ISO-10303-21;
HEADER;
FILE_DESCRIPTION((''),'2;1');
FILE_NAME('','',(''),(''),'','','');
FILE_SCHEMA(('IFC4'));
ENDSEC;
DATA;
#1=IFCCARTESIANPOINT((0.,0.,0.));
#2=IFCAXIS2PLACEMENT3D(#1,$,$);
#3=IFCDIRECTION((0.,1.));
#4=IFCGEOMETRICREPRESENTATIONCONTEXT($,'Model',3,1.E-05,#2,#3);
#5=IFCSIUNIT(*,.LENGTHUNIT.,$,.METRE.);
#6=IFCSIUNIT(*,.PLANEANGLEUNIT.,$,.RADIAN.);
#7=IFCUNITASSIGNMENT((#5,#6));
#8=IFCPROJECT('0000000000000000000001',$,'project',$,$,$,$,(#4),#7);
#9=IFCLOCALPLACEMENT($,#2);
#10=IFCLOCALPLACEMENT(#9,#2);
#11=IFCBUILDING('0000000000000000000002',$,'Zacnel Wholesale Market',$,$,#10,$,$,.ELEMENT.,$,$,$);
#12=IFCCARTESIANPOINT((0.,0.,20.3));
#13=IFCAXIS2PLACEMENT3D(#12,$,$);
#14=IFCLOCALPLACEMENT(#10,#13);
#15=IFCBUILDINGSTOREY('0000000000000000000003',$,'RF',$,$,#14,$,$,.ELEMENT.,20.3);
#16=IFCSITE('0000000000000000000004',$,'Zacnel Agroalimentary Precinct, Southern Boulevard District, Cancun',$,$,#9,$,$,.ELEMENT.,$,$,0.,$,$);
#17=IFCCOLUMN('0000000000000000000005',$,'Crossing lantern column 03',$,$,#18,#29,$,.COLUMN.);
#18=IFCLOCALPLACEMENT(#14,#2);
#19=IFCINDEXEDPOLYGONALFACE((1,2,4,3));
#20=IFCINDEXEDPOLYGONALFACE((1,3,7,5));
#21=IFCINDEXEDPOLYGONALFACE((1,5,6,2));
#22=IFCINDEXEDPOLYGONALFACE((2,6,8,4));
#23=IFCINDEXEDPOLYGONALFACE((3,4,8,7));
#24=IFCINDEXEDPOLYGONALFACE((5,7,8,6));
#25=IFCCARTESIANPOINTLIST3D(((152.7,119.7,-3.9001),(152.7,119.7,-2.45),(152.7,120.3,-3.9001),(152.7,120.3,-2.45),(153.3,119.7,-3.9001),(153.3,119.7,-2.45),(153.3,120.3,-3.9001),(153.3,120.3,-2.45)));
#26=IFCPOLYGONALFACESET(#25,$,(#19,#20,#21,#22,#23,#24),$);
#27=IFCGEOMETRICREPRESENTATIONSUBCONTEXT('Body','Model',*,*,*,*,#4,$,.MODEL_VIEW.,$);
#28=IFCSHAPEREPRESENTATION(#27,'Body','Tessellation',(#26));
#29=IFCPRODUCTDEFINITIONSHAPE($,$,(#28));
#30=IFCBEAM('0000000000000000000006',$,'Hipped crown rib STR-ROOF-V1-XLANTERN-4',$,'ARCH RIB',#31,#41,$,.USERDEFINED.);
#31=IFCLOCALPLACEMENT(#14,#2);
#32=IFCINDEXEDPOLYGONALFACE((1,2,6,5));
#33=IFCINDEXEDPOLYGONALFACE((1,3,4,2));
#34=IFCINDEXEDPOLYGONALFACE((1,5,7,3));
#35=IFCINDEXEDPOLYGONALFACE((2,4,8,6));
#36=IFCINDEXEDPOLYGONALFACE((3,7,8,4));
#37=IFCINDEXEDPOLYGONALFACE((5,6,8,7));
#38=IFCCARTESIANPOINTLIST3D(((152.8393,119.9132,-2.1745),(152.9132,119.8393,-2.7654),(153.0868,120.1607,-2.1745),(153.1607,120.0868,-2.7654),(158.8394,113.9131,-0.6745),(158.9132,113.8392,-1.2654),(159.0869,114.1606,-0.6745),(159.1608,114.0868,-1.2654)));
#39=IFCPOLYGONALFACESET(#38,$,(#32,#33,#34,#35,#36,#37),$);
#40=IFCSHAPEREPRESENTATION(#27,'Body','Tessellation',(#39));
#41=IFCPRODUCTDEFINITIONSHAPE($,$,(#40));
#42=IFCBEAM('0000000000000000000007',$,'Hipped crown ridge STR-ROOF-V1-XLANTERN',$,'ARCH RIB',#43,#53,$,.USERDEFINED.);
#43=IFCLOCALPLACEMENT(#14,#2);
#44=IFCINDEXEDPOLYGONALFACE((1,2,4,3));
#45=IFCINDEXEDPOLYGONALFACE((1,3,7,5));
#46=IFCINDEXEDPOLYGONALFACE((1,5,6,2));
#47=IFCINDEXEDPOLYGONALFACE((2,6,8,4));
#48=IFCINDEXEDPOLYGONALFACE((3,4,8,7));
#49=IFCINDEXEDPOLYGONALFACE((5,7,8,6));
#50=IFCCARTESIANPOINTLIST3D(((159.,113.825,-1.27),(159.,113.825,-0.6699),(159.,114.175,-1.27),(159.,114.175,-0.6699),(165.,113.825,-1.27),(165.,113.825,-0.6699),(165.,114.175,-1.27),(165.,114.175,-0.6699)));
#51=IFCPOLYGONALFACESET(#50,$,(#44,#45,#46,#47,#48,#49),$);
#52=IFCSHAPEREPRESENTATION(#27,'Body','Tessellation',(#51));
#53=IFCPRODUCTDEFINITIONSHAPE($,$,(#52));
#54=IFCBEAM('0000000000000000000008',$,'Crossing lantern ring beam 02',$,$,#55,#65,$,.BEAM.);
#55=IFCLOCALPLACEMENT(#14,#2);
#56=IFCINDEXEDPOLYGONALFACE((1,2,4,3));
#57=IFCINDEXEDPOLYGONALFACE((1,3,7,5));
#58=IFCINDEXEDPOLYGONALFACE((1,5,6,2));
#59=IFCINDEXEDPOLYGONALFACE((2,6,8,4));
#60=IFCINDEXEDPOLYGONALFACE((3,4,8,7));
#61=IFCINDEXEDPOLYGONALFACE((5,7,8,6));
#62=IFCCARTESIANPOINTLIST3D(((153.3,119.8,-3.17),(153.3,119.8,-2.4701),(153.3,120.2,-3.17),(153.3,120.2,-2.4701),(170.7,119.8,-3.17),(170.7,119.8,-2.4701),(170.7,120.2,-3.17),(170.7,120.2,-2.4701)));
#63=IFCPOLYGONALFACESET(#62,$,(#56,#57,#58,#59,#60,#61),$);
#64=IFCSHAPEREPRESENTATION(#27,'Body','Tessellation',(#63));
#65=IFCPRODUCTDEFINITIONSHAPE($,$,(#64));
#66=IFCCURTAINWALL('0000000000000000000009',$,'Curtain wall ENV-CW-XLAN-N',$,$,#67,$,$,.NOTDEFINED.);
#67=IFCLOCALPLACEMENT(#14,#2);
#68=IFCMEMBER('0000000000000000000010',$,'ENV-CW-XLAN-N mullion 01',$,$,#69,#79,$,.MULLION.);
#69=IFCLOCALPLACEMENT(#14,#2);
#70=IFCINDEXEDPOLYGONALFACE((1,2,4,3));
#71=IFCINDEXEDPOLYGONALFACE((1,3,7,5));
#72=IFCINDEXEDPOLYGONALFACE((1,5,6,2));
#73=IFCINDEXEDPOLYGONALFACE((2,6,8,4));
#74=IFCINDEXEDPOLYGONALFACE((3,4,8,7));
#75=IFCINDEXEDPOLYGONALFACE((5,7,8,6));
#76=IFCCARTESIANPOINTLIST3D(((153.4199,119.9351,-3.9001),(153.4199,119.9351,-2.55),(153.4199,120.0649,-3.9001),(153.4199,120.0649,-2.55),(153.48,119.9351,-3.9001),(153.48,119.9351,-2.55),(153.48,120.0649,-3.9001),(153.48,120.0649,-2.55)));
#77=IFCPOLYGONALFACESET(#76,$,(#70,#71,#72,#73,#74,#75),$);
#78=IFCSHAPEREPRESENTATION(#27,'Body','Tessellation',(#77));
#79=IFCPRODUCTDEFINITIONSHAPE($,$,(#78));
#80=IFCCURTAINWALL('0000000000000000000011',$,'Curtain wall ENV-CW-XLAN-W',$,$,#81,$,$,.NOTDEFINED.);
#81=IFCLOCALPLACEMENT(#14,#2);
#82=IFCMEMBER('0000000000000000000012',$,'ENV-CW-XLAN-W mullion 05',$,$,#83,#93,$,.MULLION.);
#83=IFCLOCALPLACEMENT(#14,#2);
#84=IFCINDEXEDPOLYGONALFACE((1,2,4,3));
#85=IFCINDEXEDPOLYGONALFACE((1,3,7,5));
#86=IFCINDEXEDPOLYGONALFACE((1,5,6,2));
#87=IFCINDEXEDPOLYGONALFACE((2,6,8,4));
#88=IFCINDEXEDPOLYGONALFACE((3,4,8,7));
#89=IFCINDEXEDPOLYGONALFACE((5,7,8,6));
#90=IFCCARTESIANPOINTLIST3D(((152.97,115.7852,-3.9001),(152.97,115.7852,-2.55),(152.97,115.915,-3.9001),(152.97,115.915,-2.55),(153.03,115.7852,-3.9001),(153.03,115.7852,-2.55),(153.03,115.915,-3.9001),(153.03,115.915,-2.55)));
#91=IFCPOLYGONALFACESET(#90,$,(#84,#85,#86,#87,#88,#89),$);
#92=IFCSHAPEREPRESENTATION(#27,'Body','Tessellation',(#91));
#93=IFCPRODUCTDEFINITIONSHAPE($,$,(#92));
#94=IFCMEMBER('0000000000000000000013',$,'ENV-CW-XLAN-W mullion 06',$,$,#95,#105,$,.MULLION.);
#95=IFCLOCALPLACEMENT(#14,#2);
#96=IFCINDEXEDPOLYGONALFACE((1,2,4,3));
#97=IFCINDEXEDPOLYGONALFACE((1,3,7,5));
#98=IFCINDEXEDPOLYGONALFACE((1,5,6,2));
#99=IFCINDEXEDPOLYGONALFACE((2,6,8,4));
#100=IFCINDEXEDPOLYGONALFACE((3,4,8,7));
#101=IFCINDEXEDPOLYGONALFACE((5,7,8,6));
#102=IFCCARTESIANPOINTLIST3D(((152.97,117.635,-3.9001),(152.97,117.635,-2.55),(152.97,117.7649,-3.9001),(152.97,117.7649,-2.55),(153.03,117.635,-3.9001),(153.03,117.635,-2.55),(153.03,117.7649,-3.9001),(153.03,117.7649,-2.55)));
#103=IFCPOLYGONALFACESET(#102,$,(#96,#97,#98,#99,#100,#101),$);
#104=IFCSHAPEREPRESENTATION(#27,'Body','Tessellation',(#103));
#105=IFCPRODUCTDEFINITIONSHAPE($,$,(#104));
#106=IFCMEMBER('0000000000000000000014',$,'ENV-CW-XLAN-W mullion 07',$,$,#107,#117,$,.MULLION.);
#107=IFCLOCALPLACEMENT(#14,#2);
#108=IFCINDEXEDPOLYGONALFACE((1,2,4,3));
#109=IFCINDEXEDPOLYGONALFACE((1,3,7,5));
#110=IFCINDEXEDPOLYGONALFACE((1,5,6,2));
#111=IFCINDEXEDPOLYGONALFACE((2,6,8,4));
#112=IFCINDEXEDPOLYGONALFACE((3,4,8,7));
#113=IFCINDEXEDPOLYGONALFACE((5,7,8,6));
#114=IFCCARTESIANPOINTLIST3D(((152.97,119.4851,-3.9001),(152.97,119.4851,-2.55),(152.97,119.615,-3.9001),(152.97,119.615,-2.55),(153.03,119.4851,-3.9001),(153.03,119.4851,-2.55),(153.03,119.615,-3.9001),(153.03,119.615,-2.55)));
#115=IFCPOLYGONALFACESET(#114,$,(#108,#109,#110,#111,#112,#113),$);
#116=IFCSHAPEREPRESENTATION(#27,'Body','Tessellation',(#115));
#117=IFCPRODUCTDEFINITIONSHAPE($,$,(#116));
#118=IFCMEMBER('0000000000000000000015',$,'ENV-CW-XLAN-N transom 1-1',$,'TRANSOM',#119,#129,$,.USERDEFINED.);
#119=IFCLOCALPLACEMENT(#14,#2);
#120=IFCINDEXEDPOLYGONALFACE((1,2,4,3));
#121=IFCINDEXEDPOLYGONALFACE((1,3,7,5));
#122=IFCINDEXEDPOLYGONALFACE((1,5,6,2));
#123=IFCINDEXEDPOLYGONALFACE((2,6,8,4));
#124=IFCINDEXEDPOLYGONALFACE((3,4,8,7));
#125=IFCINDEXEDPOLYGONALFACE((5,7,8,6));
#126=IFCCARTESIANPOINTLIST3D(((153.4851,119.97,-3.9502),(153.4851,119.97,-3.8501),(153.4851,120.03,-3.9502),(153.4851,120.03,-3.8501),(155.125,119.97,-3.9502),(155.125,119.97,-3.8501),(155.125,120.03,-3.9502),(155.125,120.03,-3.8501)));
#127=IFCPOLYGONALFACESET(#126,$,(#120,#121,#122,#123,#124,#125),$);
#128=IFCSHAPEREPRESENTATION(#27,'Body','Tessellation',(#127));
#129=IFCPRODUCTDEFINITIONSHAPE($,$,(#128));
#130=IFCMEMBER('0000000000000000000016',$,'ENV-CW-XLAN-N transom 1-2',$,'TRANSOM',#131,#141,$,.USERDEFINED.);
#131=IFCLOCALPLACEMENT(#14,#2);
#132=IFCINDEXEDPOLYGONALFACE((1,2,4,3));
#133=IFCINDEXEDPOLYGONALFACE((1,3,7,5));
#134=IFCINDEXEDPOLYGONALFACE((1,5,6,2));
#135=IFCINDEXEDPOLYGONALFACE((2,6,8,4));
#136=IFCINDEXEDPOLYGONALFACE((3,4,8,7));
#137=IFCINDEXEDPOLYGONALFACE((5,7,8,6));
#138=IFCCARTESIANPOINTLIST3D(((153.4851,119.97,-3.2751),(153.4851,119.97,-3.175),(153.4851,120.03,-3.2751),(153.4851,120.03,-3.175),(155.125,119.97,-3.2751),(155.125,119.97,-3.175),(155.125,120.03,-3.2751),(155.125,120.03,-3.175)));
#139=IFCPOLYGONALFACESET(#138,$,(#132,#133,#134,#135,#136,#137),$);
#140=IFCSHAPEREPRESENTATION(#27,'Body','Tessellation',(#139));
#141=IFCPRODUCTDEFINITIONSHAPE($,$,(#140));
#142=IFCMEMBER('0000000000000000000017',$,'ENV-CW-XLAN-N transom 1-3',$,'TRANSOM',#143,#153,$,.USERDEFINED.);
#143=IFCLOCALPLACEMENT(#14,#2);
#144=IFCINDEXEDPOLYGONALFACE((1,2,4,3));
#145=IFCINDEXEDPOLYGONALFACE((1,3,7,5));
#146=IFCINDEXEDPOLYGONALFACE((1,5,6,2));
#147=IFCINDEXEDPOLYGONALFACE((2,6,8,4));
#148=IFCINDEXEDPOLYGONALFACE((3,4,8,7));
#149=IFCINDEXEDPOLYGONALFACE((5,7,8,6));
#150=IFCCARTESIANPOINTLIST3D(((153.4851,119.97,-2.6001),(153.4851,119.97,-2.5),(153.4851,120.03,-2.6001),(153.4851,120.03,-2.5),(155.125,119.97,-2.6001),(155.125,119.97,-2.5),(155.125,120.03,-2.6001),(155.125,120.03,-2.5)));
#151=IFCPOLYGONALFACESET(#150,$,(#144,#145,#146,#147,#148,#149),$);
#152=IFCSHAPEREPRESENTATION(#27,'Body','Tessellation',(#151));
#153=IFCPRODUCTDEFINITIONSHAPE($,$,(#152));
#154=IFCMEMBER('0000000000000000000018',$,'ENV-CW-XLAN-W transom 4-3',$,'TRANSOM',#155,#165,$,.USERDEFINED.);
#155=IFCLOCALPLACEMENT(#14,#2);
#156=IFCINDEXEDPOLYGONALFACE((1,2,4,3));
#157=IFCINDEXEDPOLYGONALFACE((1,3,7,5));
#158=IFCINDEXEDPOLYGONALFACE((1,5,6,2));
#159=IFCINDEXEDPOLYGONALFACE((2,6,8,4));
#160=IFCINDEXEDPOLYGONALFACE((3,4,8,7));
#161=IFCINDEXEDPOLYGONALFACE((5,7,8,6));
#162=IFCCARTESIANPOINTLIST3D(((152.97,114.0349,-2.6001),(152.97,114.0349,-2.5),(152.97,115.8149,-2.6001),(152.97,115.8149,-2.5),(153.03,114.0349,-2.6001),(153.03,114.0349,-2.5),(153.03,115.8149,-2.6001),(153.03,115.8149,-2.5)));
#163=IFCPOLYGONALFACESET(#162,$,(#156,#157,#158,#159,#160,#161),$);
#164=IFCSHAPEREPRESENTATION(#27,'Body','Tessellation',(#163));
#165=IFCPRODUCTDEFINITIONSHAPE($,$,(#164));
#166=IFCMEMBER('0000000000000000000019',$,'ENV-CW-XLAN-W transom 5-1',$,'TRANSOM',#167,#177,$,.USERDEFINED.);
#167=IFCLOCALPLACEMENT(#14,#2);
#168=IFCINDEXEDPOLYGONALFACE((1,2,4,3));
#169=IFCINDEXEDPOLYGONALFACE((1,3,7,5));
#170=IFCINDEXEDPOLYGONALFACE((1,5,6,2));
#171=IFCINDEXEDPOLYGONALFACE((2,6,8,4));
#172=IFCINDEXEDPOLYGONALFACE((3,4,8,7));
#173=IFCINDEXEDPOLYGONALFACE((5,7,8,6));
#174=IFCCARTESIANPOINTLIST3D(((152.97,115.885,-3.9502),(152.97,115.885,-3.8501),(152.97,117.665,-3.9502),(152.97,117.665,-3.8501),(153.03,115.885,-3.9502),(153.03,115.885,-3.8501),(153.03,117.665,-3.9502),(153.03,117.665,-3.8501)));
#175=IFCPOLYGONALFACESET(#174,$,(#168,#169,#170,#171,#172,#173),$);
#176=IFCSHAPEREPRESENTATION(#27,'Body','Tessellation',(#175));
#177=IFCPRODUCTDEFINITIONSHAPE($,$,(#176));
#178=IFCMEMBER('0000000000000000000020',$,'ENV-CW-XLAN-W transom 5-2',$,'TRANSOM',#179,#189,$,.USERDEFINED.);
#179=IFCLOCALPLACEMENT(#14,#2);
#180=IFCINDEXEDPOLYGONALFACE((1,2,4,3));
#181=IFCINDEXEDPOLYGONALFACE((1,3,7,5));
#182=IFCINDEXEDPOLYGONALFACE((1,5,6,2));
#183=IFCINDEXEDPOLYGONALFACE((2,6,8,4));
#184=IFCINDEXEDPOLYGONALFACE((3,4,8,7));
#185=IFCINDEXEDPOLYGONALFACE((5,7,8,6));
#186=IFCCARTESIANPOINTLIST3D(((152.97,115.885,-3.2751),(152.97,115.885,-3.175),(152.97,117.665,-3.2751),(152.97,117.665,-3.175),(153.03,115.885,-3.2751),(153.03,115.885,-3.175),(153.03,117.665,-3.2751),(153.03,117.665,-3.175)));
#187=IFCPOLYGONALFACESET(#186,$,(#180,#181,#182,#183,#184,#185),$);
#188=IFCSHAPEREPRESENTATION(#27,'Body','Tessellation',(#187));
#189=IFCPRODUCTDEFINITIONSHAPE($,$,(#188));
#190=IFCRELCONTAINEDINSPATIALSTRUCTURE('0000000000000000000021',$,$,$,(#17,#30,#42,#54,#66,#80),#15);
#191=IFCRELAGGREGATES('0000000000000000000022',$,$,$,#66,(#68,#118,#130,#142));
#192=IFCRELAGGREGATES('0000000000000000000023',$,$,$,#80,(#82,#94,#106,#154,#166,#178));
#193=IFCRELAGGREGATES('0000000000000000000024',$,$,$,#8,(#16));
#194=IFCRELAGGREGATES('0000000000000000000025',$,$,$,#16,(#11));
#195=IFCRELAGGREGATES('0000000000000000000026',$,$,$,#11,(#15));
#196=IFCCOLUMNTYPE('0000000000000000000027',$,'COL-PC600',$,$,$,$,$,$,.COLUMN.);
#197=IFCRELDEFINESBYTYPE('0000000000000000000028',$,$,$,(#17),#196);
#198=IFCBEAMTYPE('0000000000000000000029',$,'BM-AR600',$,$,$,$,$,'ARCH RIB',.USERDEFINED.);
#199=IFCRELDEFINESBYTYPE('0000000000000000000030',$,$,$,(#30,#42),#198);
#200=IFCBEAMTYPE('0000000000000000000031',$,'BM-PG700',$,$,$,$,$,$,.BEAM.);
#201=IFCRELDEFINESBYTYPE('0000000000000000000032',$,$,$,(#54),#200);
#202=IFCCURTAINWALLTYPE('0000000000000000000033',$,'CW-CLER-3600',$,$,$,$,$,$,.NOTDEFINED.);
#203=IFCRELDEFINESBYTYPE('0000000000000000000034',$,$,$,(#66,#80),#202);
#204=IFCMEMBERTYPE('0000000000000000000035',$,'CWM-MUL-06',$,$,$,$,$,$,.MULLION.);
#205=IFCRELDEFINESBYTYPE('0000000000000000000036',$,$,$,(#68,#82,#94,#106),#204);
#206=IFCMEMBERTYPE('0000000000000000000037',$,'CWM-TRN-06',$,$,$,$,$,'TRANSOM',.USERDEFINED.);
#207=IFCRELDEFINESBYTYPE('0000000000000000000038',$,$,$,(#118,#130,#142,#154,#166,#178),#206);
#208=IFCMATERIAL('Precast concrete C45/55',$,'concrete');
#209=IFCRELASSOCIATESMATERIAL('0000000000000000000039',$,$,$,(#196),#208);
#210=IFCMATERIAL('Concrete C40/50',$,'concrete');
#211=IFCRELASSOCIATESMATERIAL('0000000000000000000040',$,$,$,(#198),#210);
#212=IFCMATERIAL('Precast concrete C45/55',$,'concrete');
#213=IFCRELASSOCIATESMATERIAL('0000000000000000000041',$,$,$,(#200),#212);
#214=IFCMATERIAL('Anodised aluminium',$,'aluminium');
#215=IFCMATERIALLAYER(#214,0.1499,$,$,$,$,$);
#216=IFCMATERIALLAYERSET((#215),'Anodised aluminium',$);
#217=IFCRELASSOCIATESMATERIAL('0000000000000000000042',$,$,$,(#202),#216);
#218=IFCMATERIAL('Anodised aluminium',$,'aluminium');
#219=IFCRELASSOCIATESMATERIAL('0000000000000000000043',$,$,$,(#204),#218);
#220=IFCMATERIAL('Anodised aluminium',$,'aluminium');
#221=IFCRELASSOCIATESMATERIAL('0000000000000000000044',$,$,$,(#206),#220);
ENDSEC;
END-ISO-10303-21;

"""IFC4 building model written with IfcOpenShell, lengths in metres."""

from ifc_helpers import new_model, si_unit, direction, frame, origin, origin_2d, place, context, subcontext, project, spatial, rectangle, extrude, material, layer, layer_set, material_profile, profile_set, type_object, element, aggregate, save


model = new_model("IFC4")

# Units and contexts
model_context = context("Model", 3, precision=1e-05, world=origin(), true_north=direction((0.0, 1.0)))
body_context = subcontext(model_context, "Body", "Model", "MODEL_VIEW")
ifc_project = project(units=[si_unit("LENGTHUNIT", "METRE"), si_unit("PLANEANGLEUNIT", "RADIAN")], contexts=[model_context])

# Site, building, storey
site_placement = place(None, origin())
site = spatial("IfcSite", under=ifc_project, at=site_placement, Name="Zacnel Agroalimentary Precinct, Southern Boulevard District, Cancun", CompositionType="ELEMENT", RefElevation=0.0)
building_placement = place(site_placement, origin())
building = spatial("IfcBuilding", under=site, at=building_placement, Name="Zacnel Wholesale Market", CompositionType="ELEMENT")
storey_placement = place(building_placement, frame((0.0, 0.0, 20.3)))
storey = spatial("IfcBuildingStorey", under=building, at=storey_placement, Name="RF", CompositionType="ELEMENT", Elevation=20.3)

# Column
ifc_material_1 = material(Name="Precast concrete C45/55", Category="concrete")
ifc_material_profile_1 = material_profile(ifc_material_1, rectangle(XDim=0.6001, YDim=0.6001, at=origin_2d()), Name="PC 600x600")
ifc_profile_set_1 = profile_set([ifc_material_profile_1], Name="Precast concrete C45/55")
column_type = type_object("IfcColumnType", Name="COL-PC600", PredefinedType="COLUMN", material=ifc_profile_set_1)
column_placement = place(storey_placement, frame((153.0, 120.0, -3.9001), z_axis=(0.0, 0.0, 1.0), x_axis=(1.0, 0.0, 0.0)))
element("IfcColumn", 1, at=column_placement, inside=storey, type_object=column_type, Name="Crossing lantern column 03", PredefinedType="COLUMN", context=body_context, shape_type="SweptSolid", body=[
    extrude(rectangle(XDim=0.6001, YDim=0.6001, at=origin_2d()), origin(), (0.0, 0.0, 1.0), 1.4502),
])

# Beams
ifc_material_2 = material(Name="Concrete C40/50", Category="concrete")
ifc_material_profile_2 = material_profile(ifc_material_2, rectangle(XDim=0.3501, YDim=0.6001, at=origin_2d()), Name="ARCH RIB 350x600")
ifc_profile_set_2 = profile_set([ifc_material_profile_2], Name="Concrete C40/50")
beam_type_1 = type_object("IfcBeamType", Name="BM-AR600", ElementType="ARCH RIB", PredefinedType="USERDEFINED", material=ifc_profile_set_2)
beam_1_placement = place(storey_placement, frame((153.0, 120.0, -2.47), z_axis=(0.696311, -0.696311, 0.174078), x_axis=(0.707107, 0.707107, 0.0)))
element("IfcBeam", 2, at=beam_1_placement, inside=storey, type_object=beam_type_1, Name="Hipped crown rib STR-ROOF-V1-XLANTERN-4", ObjectType="ARCH RIB", PredefinedType="USERDEFINED", context=body_context, shape_type="SweptSolid", body=[
    extrude(rectangle(XDim=0.3501, YDim=0.6001, at=origin_2d()), origin(), (0.0, 0.0, 1.0), 8.6169),
])
beam_2_placement = place(storey_placement, frame((159.0, 114.0, -0.97), z_axis=(1.0, 0.0, 0.0), x_axis=(0.0, 1.0, 0.0)))
element("IfcBeam", 3, at=beam_2_placement, inside=storey, type_object=beam_type_1, Name="Hipped crown ridge STR-ROOF-V1-XLANTERN", ObjectType="ARCH RIB", PredefinedType="USERDEFINED", context=body_context, shape_type="SweptSolid", body=[
    extrude(rectangle(XDim=0.3501, YDim=0.6001, at=origin_2d()), origin(), (0.0, 0.0, 1.0), 6.0),
])
ifc_material_3 = material(Name="Precast concrete C45/55", Category="concrete")
ifc_material_profile_3 = material_profile(ifc_material_3, rectangle(XDim=0.3999, YDim=0.7, at=origin_2d()), Name="PG 400x700")
ifc_profile_set_3 = profile_set([ifc_material_profile_3], Name="Precast concrete C45/55")
beam_type_2 = type_object("IfcBeamType", Name="BM-PG700", PredefinedType="BEAM", material=ifc_profile_set_3)
beam_3_placement = place(storey_placement, frame((153.3, 120.0, -2.8201), z_axis=(1.0, 0.0, 0.0), x_axis=(0.0, 1.0, 0.0)))
element("IfcBeam", 4, at=beam_3_placement, inside=storey, type_object=beam_type_2, Name="Crossing lantern ring beam 02", PredefinedType="BEAM", context=body_context, shape_type="SweptSolid", body=[
    extrude(rectangle(XDim=0.3999, YDim=0.7, at=origin_2d()), origin(), (0.0, 0.0, 1.0), 17.3999),
])

# Curtain wall, member
ifc_material_4 = material(Name="Anodised aluminium", Category="aluminium")
ifc_layer_1 = layer(ifc_material_4, 0.1499)
ifc_layer_set_1 = layer_set([ifc_layer_1], Name="Anodised aluminium")
curtain_wall_type = type_object("IfcCurtainWallType", Name="CW-CLER-3600", PredefinedType="NOTDEFINED", material=ifc_layer_set_1)
curtain_wall_1_placement = place(storey_placement, origin())
curtain_wall_1 = element("IfcCurtainWall", 5, at=curtain_wall_1_placement, inside=storey, type_object=curtain_wall_type, Name="Curtain wall ENV-CW-XLAN-N", PredefinedType="NOTDEFINED")
ifc_material_5 = material(Name="Anodised aluminium", Category="aluminium")
ifc_material_profile_4 = material_profile(ifc_material_5, rectangle(XDim=0.0601, YDim=0.1299, at=origin_2d()), Name="AW-MULLION 60x130")
ifc_profile_set_4 = profile_set([ifc_material_profile_4], Name="Anodised aluminium")
member_type_1 = type_object("IfcMemberType", Name="CWM-MUL-06", PredefinedType="MULLION", material=ifc_profile_set_4)
member_1_placement = place(storey_placement, frame((153.45, 120.0, -3.9001), z_axis=(0.0, 0.0, 1.0), x_axis=(1.0, 0.0, 0.0)))
member_1 = element("IfcMember", 6, at=member_1_placement, type_object=member_type_1, Name="ENV-CW-XLAN-N mullion 01", PredefinedType="MULLION", context=body_context, shape_type="SweptSolid", body=[
    extrude(rectangle(XDim=0.0601, YDim=0.1299, at=origin_2d()), origin(), (0.0, 0.0, 1.0), 1.3501),
])

# Curtain wall, members
curtain_wall_2_placement = place(storey_placement, origin())
curtain_wall_2 = element("IfcCurtainWall", 7, at=curtain_wall_2_placement, inside=storey, type_object=curtain_wall_type, Name="Curtain wall ENV-CW-XLAN-W", PredefinedType="NOTDEFINED")
member_2_placement = place(storey_placement, frame((153.0, 115.8501, -3.9001), z_axis=(0.0, 0.0, 1.0), x_axis=(1.0, 0.0, 0.0)))
member_2 = element("IfcMember", 8, at=member_2_placement, type_object=member_type_1, Name="ENV-CW-XLAN-W mullion 05", PredefinedType="MULLION", context=body_context, shape_type="SweptSolid", body=[
    extrude(rectangle(XDim=0.0601, YDim=0.1299, at=origin_2d()), origin(), (0.0, 0.0, 1.0), 1.3501),
])
member_3_placement = place(storey_placement, frame((153.0, 117.7, -3.9001), z_axis=(0.0, 0.0, 1.0), x_axis=(1.0, 0.0, 0.0)))
member_3 = element("IfcMember", 9, at=member_3_placement, type_object=member_type_1, Name="ENV-CW-XLAN-W mullion 06", PredefinedType="MULLION", context=body_context, shape_type="SweptSolid", body=[
    extrude(rectangle(XDim=0.0601, YDim=0.1299, at=origin_2d()), origin(), (0.0, 0.0, 1.0), 1.3501),
])
member_4_placement = place(storey_placement, frame((153.0, 119.55, -3.9001), z_axis=(0.0, 0.0, 1.0), x_axis=(1.0, 0.0, 0.0)))
member_4 = element("IfcMember", 10, at=member_4_placement, type_object=member_type_1, Name="ENV-CW-XLAN-W mullion 07", PredefinedType="MULLION", context=body_context, shape_type="SweptSolid", body=[
    extrude(rectangle(XDim=0.0601, YDim=0.1299, at=origin_2d()), origin(), (0.0, 0.0, 1.0), 1.3501),
])

# Members
ifc_material_6 = material(Name="Anodised aluminium", Category="aluminium")
ifc_material_profile_5 = material_profile(ifc_material_6, rectangle(XDim=0.0601, YDim=0.1001, at=origin_2d()), Name="AW-TRANSOM 60x100")
ifc_profile_set_5 = profile_set([ifc_material_profile_5], Name="Anodised aluminium")
member_type_2 = type_object("IfcMemberType", Name="CWM-TRN-06", ElementType="TRANSOM", PredefinedType="USERDEFINED", material=ifc_profile_set_5)
member_5_placement = place(storey_placement, frame((153.4851, 120.0, -3.9001), z_axis=(1.0, 0.0, 0.0), x_axis=(0.0, 1.0, 0.0)))
member_5 = element("IfcMember", 11, at=member_5_placement, type_object=member_type_2, Name="ENV-CW-XLAN-N transom 1-1", ObjectType="TRANSOM", PredefinedType="USERDEFINED", context=body_context, shape_type="SweptSolid", body=[
    extrude(rectangle(XDim=0.0601, YDim=0.1001, at=origin_2d()), origin(), (0.0, 0.0, 1.0), 1.6399),
])
member_6_placement = place(storey_placement, frame((153.4851, 120.0, -3.2251), z_axis=(1.0, 0.0, 0.0), x_axis=(0.0, 1.0, 0.0)))
member_6 = element("IfcMember", 12, at=member_6_placement, type_object=member_type_2, Name="ENV-CW-XLAN-N transom 1-2", ObjectType="TRANSOM", PredefinedType="USERDEFINED", context=body_context, shape_type="SweptSolid", body=[
    extrude(rectangle(XDim=0.0601, YDim=0.1001, at=origin_2d()), origin(), (0.0, 0.0, 1.0), 1.6399),
])
member_7_placement = place(storey_placement, frame((153.4851, 120.0, -2.55), z_axis=(1.0, 0.0, 0.0), x_axis=(0.0, 1.0, 0.0)))
member_7 = element("IfcMember", 13, at=member_7_placement, type_object=member_type_2, Name="ENV-CW-XLAN-N transom 1-3", ObjectType="TRANSOM", PredefinedType="USERDEFINED", context=body_context, shape_type="SweptSolid", body=[
    extrude(rectangle(XDim=0.0601, YDim=0.1001, at=origin_2d()), origin(), (0.0, 0.0, 1.0), 1.6399),
])
aggregate(curtain_wall_1, [member_1, member_5, member_6, member_7])
member_8_placement = place(storey_placement, frame((153.0, 114.0349, -2.55), z_axis=(0.0, 1.0, 0.0), x_axis=(-1.0, 0.0, 0.0)))
member_8 = element("IfcMember", 14, at=member_8_placement, type_object=member_type_2, Name="ENV-CW-XLAN-W transom 4-3", ObjectType="TRANSOM", PredefinedType="USERDEFINED", context=body_context, shape_type="SweptSolid", body=[
    extrude(rectangle(XDim=0.0601, YDim=0.1001, at=origin_2d()), origin(), (0.0, 0.0, 1.0), 1.78),
])
member_9_placement = place(storey_placement, frame((153.0, 115.885, -3.9001), z_axis=(0.0, 1.0, 0.0), x_axis=(-1.0, 0.0, 0.0)))
member_9 = element("IfcMember", 15, at=member_9_placement, type_object=member_type_2, Name="ENV-CW-XLAN-W transom 5-1", ObjectType="TRANSOM", PredefinedType="USERDEFINED", context=body_context, shape_type="SweptSolid", body=[
    extrude(rectangle(XDim=0.0601, YDim=0.1001, at=origin_2d()), origin(), (0.0, 0.0, 1.0), 1.78),
])
member_10_placement = place(storey_placement, frame((153.0, 115.885, -3.2251), z_axis=(0.0, 1.0, 0.0), x_axis=(-1.0, 0.0, 0.0)))
member_10 = element("IfcMember", 16, at=member_10_placement, type_object=member_type_2, Name="ENV-CW-XLAN-W transom 5-2", ObjectType="TRANSOM", PredefinedType="USERDEFINED", context=body_context, shape_type="SweptSolid", body=[
    extrude(rectangle(XDim=0.0601, YDim=0.1001, at=origin_2d()), origin(), (0.0, 0.0, 1.0), 1.78),
])

aggregate(curtain_wall_2, [member_2, member_3, member_4, member_8, member_9, member_10])

save(model, "model.ifc")
